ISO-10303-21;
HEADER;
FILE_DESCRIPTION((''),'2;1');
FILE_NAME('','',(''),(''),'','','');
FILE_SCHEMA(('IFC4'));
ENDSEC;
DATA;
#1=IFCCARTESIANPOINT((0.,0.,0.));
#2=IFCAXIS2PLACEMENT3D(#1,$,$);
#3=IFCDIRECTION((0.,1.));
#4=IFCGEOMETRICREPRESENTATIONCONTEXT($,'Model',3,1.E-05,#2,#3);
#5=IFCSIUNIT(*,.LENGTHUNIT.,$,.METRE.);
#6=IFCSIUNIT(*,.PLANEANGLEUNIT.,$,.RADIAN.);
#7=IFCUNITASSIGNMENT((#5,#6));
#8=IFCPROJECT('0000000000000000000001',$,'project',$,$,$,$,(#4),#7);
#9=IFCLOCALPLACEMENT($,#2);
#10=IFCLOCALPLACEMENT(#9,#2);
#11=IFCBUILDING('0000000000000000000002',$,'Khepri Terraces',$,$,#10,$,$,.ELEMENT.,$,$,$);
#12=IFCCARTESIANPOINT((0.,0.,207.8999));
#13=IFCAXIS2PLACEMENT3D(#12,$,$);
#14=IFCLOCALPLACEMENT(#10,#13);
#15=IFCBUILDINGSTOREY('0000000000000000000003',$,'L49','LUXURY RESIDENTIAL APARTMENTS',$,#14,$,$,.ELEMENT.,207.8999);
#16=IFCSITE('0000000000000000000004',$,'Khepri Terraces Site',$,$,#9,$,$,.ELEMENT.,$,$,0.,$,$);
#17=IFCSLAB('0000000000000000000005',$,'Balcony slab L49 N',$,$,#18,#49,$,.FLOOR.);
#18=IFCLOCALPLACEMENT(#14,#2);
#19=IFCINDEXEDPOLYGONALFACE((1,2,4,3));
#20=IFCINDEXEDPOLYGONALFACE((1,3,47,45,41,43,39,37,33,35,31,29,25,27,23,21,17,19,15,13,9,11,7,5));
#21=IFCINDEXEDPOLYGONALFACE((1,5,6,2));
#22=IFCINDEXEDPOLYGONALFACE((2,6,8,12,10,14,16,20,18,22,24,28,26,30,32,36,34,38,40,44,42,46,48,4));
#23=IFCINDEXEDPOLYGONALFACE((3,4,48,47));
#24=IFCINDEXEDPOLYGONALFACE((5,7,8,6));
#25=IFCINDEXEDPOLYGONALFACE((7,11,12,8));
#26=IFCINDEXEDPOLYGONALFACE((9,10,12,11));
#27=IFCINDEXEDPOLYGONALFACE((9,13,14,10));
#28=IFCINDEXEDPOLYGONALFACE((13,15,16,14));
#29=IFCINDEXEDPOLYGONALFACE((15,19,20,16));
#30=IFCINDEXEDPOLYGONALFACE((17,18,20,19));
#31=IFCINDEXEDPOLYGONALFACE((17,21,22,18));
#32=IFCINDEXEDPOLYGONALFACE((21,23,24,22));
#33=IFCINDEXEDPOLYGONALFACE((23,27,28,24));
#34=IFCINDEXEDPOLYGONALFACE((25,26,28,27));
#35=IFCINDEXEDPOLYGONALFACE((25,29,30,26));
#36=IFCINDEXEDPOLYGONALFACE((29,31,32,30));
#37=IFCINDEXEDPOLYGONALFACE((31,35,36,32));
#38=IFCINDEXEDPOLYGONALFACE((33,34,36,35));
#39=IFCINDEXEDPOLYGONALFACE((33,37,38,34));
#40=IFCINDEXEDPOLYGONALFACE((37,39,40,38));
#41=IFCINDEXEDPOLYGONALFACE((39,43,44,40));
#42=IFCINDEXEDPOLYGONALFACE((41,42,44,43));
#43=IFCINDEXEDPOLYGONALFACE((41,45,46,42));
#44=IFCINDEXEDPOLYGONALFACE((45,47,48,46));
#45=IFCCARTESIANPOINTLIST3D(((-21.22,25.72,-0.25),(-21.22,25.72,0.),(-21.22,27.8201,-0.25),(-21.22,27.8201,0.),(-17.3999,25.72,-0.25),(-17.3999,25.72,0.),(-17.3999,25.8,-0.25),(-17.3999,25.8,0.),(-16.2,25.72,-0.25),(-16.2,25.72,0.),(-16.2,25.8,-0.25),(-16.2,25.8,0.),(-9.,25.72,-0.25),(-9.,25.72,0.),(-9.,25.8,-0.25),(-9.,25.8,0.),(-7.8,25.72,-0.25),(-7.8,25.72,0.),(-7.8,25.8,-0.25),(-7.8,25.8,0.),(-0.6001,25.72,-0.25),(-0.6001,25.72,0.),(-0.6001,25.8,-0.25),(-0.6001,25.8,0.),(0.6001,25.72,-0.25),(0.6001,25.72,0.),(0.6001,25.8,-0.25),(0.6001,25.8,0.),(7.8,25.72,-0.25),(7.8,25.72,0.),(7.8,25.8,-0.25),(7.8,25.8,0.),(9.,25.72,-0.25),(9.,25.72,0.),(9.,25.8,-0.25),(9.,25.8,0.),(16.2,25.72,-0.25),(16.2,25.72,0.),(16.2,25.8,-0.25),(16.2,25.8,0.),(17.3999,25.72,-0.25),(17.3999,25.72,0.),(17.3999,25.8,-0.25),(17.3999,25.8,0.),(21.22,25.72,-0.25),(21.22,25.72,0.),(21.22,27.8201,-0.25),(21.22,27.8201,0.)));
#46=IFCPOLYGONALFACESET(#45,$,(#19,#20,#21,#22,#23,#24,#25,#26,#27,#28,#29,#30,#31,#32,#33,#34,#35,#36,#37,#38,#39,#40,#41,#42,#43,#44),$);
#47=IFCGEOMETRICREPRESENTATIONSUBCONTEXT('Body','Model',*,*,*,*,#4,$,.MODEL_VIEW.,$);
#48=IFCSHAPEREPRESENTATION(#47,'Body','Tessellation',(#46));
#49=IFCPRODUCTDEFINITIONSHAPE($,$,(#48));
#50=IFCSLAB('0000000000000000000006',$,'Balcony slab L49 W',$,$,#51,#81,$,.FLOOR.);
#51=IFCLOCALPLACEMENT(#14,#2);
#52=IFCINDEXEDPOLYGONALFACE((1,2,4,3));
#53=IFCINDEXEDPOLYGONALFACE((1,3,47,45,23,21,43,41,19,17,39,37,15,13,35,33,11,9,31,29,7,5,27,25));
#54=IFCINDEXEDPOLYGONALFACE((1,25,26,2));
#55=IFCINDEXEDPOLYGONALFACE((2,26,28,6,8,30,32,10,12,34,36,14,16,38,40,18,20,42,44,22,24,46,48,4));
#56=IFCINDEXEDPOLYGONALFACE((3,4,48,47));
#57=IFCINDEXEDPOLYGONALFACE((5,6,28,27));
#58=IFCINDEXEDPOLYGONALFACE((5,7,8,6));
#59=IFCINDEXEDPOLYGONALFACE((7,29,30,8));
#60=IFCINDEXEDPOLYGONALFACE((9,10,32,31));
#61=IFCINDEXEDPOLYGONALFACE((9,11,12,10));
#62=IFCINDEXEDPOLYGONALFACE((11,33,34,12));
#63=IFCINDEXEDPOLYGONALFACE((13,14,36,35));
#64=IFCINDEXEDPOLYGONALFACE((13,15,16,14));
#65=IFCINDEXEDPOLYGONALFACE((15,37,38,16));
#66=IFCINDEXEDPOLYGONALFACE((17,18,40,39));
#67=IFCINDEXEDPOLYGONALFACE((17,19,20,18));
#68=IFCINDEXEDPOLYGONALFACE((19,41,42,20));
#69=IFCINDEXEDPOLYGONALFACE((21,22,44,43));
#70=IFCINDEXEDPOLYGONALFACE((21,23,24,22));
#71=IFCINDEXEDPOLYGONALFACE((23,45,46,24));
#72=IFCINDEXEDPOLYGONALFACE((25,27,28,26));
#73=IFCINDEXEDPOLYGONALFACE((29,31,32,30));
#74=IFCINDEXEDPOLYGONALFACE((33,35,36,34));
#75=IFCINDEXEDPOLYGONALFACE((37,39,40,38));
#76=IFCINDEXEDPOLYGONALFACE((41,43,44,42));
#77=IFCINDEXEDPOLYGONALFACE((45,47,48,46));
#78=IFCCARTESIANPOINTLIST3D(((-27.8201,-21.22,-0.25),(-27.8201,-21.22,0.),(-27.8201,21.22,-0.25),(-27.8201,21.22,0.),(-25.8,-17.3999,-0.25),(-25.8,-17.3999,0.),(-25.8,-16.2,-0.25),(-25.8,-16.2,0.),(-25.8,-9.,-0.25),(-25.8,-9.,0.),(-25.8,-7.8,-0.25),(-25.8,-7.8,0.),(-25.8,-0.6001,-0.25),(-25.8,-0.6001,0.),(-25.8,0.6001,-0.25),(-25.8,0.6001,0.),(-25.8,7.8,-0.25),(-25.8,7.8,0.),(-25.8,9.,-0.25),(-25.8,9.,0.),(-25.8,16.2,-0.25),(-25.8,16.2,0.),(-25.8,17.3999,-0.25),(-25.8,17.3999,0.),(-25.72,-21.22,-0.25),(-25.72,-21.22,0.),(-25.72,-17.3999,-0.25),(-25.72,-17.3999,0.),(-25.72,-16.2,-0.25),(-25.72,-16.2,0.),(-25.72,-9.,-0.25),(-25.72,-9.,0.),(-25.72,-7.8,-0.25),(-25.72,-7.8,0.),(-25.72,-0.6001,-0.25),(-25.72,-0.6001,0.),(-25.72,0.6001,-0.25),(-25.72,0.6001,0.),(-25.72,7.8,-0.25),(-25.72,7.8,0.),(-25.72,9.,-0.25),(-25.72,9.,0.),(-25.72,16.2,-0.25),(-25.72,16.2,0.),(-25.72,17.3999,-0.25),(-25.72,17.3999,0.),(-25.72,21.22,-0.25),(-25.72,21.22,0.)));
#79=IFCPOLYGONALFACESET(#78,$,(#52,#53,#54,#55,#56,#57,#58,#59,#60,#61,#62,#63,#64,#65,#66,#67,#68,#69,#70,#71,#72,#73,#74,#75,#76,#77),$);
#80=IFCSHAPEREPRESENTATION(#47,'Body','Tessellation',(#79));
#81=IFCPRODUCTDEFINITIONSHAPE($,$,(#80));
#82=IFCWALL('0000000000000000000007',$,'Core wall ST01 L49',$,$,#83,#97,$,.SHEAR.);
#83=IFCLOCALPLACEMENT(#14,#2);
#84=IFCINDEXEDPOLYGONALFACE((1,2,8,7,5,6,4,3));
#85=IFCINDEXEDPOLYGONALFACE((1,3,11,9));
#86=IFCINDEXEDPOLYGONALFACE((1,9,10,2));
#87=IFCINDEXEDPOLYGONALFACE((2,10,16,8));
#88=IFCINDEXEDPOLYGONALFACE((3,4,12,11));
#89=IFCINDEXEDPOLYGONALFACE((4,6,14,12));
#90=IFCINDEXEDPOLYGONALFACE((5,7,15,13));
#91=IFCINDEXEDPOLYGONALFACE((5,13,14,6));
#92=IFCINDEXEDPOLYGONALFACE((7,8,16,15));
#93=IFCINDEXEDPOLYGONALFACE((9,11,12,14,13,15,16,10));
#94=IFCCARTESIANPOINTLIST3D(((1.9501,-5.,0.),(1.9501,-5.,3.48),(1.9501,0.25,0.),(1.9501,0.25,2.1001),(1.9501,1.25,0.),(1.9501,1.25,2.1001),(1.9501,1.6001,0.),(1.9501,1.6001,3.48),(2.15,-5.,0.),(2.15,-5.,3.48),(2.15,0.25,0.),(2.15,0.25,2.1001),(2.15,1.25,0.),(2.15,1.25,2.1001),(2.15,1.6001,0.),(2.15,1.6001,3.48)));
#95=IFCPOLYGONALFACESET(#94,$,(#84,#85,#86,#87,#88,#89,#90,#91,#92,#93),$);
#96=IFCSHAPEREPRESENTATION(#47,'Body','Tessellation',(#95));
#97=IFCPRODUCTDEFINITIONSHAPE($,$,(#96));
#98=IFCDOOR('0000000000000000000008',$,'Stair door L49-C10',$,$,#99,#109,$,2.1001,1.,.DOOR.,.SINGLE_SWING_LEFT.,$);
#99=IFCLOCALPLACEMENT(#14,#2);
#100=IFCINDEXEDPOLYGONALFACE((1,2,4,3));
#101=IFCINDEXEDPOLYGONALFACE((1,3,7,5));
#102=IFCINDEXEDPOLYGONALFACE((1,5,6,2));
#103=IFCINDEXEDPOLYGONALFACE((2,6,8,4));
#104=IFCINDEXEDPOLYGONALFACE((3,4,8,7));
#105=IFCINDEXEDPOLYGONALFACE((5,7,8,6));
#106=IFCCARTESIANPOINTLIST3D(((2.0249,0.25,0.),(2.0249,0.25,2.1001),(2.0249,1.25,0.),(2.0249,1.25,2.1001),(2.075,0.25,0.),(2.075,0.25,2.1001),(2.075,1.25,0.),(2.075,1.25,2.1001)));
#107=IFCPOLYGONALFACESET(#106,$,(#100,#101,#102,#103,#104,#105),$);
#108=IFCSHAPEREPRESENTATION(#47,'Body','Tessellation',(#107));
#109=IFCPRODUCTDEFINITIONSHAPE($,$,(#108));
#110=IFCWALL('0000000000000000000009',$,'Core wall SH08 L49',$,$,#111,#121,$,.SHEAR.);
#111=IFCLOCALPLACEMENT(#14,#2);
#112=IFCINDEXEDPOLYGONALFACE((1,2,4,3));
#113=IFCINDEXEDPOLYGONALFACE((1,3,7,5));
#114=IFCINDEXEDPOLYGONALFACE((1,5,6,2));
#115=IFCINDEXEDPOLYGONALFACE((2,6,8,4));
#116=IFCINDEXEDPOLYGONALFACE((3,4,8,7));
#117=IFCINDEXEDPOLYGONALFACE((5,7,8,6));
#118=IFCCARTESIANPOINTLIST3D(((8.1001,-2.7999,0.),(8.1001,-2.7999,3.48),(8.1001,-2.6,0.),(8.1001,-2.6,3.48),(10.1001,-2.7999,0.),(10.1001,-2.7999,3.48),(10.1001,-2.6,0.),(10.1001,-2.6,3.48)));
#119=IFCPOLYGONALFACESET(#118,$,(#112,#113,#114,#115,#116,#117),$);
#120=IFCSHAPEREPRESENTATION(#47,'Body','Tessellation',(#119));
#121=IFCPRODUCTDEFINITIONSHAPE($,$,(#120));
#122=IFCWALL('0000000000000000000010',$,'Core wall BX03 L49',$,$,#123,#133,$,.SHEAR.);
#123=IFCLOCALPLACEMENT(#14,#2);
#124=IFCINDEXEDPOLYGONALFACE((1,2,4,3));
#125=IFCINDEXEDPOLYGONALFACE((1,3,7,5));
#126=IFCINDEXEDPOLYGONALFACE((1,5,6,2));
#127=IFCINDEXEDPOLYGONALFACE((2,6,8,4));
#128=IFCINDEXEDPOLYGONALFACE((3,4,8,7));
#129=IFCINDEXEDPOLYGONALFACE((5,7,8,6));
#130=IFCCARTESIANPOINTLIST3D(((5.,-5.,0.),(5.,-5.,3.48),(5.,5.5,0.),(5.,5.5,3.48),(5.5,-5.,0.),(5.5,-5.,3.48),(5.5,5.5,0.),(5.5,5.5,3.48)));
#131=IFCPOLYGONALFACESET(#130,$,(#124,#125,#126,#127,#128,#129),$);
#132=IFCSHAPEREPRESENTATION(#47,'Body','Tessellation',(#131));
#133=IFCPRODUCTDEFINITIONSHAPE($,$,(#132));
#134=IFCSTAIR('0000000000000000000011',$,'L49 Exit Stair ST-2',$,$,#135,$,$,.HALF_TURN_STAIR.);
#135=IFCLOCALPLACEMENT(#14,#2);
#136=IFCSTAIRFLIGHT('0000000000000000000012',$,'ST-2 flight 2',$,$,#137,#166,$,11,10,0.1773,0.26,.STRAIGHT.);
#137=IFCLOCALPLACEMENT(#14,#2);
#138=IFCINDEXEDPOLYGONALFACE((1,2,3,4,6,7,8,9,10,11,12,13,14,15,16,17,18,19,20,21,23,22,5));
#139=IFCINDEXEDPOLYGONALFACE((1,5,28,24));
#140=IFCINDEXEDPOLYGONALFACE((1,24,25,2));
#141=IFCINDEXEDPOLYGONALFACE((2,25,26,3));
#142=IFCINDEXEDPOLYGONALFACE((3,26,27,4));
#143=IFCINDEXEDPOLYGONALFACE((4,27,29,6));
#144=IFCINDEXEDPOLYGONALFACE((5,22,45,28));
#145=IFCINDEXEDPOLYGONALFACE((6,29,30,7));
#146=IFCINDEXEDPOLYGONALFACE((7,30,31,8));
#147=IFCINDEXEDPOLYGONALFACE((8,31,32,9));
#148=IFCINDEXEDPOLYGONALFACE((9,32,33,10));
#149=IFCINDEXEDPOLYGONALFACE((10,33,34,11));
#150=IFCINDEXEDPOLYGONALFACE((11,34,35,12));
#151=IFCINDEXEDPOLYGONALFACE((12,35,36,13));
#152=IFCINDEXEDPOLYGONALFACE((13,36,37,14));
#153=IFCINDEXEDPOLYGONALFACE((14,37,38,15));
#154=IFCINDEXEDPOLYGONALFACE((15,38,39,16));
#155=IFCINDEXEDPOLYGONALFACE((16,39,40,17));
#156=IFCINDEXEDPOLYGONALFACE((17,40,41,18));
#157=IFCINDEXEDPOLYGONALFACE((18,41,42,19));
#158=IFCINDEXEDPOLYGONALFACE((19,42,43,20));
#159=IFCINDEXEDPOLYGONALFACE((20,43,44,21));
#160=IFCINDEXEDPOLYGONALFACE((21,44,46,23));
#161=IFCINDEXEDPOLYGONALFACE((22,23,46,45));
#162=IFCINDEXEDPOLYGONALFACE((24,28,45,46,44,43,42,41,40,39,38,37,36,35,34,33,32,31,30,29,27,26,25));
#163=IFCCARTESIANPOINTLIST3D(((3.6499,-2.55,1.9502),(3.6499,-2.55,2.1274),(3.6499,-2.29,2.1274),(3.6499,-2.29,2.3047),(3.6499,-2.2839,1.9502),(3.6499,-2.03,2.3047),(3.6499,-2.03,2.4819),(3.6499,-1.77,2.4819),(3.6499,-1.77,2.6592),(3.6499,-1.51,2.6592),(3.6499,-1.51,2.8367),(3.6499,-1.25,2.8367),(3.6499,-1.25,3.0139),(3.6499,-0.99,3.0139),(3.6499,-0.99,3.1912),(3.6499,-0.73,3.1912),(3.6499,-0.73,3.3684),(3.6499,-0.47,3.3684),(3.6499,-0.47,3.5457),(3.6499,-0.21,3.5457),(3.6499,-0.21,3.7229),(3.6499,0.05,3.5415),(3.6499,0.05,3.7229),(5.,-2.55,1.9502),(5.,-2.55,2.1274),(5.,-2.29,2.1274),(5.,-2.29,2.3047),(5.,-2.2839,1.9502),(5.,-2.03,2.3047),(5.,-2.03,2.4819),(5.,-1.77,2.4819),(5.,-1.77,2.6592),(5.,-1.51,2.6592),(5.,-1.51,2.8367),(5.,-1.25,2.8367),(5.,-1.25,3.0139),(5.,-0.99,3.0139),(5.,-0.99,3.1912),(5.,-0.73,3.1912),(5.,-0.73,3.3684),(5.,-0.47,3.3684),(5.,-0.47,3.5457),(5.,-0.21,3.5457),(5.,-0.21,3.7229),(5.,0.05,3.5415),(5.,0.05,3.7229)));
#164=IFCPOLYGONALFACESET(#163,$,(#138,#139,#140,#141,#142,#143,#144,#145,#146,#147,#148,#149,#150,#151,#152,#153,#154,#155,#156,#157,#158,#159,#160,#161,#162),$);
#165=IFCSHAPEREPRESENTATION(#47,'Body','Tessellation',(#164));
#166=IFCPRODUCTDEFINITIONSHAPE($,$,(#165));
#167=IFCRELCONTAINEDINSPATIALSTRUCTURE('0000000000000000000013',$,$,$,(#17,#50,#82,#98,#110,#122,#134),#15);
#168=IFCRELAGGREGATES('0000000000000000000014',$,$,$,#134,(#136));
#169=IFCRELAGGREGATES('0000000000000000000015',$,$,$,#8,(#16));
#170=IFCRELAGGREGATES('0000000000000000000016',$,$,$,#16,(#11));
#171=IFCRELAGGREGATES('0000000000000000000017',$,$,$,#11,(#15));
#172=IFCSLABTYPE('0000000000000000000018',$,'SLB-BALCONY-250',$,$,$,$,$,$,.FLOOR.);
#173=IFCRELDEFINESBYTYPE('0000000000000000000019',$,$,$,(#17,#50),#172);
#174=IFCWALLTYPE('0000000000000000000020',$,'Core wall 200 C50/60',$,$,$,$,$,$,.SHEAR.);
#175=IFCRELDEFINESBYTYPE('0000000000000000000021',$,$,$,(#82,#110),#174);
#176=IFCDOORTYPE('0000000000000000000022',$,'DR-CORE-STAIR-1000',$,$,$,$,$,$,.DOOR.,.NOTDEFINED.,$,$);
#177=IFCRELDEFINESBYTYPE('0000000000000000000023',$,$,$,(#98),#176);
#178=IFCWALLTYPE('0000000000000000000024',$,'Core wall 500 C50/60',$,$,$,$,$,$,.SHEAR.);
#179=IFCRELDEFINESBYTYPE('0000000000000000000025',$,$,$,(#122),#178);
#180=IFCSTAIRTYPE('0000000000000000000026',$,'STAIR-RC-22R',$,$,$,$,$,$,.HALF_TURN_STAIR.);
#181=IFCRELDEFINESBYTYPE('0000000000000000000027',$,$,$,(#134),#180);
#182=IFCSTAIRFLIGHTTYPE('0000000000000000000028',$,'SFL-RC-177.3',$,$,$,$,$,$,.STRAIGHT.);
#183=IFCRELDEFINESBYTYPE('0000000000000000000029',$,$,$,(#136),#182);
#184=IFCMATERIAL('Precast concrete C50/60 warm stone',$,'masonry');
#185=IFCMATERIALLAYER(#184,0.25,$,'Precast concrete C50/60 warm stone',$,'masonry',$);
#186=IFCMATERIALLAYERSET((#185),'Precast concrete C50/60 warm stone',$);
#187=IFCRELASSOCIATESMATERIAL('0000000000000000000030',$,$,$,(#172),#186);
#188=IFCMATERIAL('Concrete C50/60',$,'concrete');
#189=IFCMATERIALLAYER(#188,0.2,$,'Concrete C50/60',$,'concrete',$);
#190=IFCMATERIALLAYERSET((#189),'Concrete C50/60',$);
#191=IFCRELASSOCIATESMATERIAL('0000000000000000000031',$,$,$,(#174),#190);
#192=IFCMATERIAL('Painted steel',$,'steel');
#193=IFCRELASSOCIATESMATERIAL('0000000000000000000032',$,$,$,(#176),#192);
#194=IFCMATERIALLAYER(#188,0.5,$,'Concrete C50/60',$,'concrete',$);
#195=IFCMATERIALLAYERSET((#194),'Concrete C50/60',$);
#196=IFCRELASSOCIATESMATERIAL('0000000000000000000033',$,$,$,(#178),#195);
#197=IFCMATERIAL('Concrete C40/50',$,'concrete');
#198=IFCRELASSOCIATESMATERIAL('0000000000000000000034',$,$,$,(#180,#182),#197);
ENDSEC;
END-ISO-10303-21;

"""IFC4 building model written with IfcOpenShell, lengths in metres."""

from ifc_helpers import new_model, si_unit, direction, frame, frame_2d, origin, place, context, subcontext, project, spatial, polyline, rectangle, outline, extrude, material, layer, layer_set, type_object, element, fill, aggregate, save


model = new_model("IFC4")

# Units and contexts
model_context = context("Model", 3, precision=1e-05, world=origin(), true_north=direction((0.0, 1.0)))
body_context = subcontext(model_context, "Body", "Model", "MODEL_VIEW")
ifc_project = project(units=[si_unit("LENGTHUNIT", "METRE"), si_unit("PLANEANGLEUNIT", "RADIAN")], contexts=[model_context])

# Site, building, storey
site_placement = place(None, origin())
site = spatial("IfcSite", under=ifc_project, at=site_placement, Name="Khepri Terraces Site", CompositionType="ELEMENT", RefElevation=0.0)
building_placement = place(site_placement, origin())
building = spatial("IfcBuilding", under=site, at=building_placement, Name="Khepri Terraces", CompositionType="ELEMENT")
storey_placement = place(building_placement, frame((0.0, 0.0, 207.8999)))
storey = spatial("IfcBuildingStorey", under=building, at=storey_placement, Name="L49", Description="LUXURY RESIDENTIAL APARTMENTS", CompositionType="ELEMENT", Elevation=207.8999)

# Slabs
ifc_material_1 = material(Name="Concrete C40/50", Category="concrete")
ifc_material_2 = material(Name="Precast concrete C50/60 warm stone", Category="masonry")
ifc_layer_1 = layer(ifc_material_2, 0.25, Name="Precast concrete C50/60 warm stone", Category="masonry")
ifc_layer_set_1 = layer_set([ifc_layer_1], Name="Precast concrete C50/60 warm stone")
slab_type_1 = type_object("IfcSlabType", Name="SLB-BALCONY-250", PredefinedType="FLOOR", material=ifc_layer_set_1)
slab_1_placement = place(storey_placement, frame((0.0, 0.0, -0.25)))
element("IfcSlab", 1, at=slab_1_placement, inside=storey, type_object=slab_type_1, Name="Balcony slab L49 N", PredefinedType="FLOOR", context=body_context, shape_type="SweptSolid", body=[
    extrude(outline(polyline([(17.3999, 25.72), (21.22, 25.72), (21.22, 27.8201), (-21.22, 27.8201), (-21.22, 25.72), (-17.3999, 25.72), (-17.3999, 25.8), (-16.2, 25.8), (-16.2, 25.72), (-9.0, 25.72), (-9.0, 25.8), (-7.8, 25.8), (-7.8, 25.72), (-0.6001, 25.72), (-0.6001, 25.8), (0.6001, 25.8), (0.6001, 25.72), (7.8, 25.72), (7.8, 25.8), (9.0, 25.8), (9.0, 25.72), (16.2, 25.72), (16.2, 25.8), (17.3999, 25.8), (17.3999, 25.72)])), origin(), (0.0, 0.0, 1.0), 0.25),
])
slab_2_placement = place(storey_placement, frame((0.0, 0.0, -0.25)))
element("IfcSlab", 2, at=slab_2_placement, inside=storey, type_object=slab_type_1, Name="Balcony slab L49 W", PredefinedType="FLOOR", context=body_context, shape_type="SweptSolid", body=[
    extrude(outline(polyline([(-25.72, 17.3999), (-25.72, 21.22), (-27.8201, 21.22), (-27.8201, -21.22), (-25.72, -21.22), (-25.72, -17.3999), (-25.8, -17.3999), (-25.8, -16.2), (-25.72, -16.2), (-25.72, -9.0), (-25.8, -9.0), (-25.8, -7.8), (-25.72, -7.8), (-25.72, -0.6001), (-25.8, -0.6001), (-25.8, 0.6001), (-25.72, 0.6001), (-25.72, 7.8), (-25.8, 7.8), (-25.8, 9.0), (-25.72, 9.0), (-25.72, 16.2), (-25.8, 16.2), (-25.8, 17.3999), (-25.72, 17.3999)])), origin(), (0.0, 0.0, 1.0), 0.25),
])

# Wall, opening, door
ifc_material_3 = material(Name="Concrete C50/60", Category="concrete")
ifc_layer_2 = layer(ifc_material_3, 0.2, Name="Concrete C50/60", Category="concrete")
ifc_layer_set_2 = layer_set([ifc_layer_2], Name="Concrete C50/60")
wall_type_1 = type_object("IfcWallType", Name="Core wall 200 C50/60", PredefinedType="SHEAR", material=ifc_layer_set_2)
wall_1_placement = place(storey_placement, frame((2.05, -5.0, 0.0), z_axis=(0.0, 0.0, 1.0), x_axis=(0.0, 1.0, 0.0)))
wall_1 = element("IfcWall", 3, at=wall_1_placement, inside=storey, type_object=wall_type_1, Name="Core wall ST01 L49", PredefinedType="SHEAR", context=body_context, shape_type="SweptSolid", body=[
    extrude(rectangle(XDim=6.6001, YDim=0.2, at=frame_2d((3.3, 0.0))), origin(), (0.0, 0.0, 1.0), 3.48),
])
opening_placement = place(wall_1_placement, frame((5.25, 0.0, 0.0)))
opening = element("IfcOpeningElement", 4, at=opening_placement, cuts=wall_1, PredefinedType="OPENING", context=body_context, shape_type="SweptSolid", body=[
    extrude(rectangle(XDim=1.0, YDim=2.1001, at=frame_2d((0.5, 1.05))), frame((0.0, 0.1099, 0.0), z_axis=(0.0, -1.0, 0.0), x_axis=(1.0, 0.0, 0.0)), (0.0, 0.0, 1.0), 0.22),
])
ifc_material_4 = material(Name="Painted steel", Category="steel")
door_type = type_object("IfcDoorType", Name="DR-CORE-STAIR-1000", OperationType="NOTDEFINED", PredefinedType="DOOR", material=ifc_material_4)
door_placement = place(opening_placement, frame((1.0, 0.0, 0.0), z_axis=(0.0, 0.0, 1.0), x_axis=(-1.0, 0.0, 0.0)))
door = element("IfcDoor", 5, at=door_placement, inside=storey, type_object=door_type, Name="Stair door L49-C10", OperationType="SINGLE_SWING_LEFT", OverallHeight=2.1001, OverallWidth=1.0, PredefinedType="DOOR", context=body_context, shape_type="SweptSolid", body=[
    extrude(rectangle(XDim=1.0, YDim=2.1001, at=frame_2d((0.5, 1.05))), frame((0.0, 0.0249, 0.0), z_axis=(0.0, -1.0, 0.0), x_axis=(1.0, 0.0, 0.0)), (0.0, 0.0, 1.0), 0.05),
])
fill(opening, door)

# Walls
wall_2_placement = place(storey_placement, frame((8.1001, -2.7, 0.0), z_axis=(0.0, 0.0, 1.0), x_axis=(1.0, 0.0, 0.0)))
element("IfcWall", 6, at=wall_2_placement, inside=storey, type_object=wall_type_1, Name="Core wall SH08 L49", PredefinedType="SHEAR", context=body_context, shape_type="SweptSolid", body=[
    extrude(rectangle(XDim=2.0, YDim=0.2, at=frame_2d((1.0, 0.0))), origin(), (0.0, 0.0, 1.0), 3.48),
])
ifc_layer_3 = layer(ifc_material_3, 0.5, Name="Concrete C50/60", Category="concrete")
ifc_layer_set_3 = layer_set([ifc_layer_3], Name="Concrete C50/60")
wall_type_2 = type_object("IfcWallType", Name="Core wall 500 C50/60", PredefinedType="SHEAR", material=ifc_layer_set_3)
wall_3_placement = place(storey_placement, frame((5.25, -5.0, 0.0), z_axis=(0.0, 0.0, 1.0), x_axis=(0.0, 1.0, 0.0)))
element("IfcWall", 7, at=wall_3_placement, inside=storey, type_object=wall_type_2, Name="Core wall BX03 L49", PredefinedType="SHEAR", context=body_context, shape_type="SweptSolid", body=[
    extrude(rectangle(XDim=10.5, YDim=0.5, at=frame_2d((5.25, 0.0))), origin(), (0.0, 0.0, 1.0), 3.48),
])

# Stair, stair flight
stair_type = type_object("IfcStairType", Name="STAIR-RC-22R", PredefinedType="HALF_TURN_STAIR", material=ifc_material_1)
stair_placement = place(storey_placement, origin())
stair = element("IfcStair", 8, at=stair_placement, inside=storey, type_object=stair_type, Name="L49 Exit Stair ST-2", PredefinedType="HALF_TURN_STAIR")
stair_flight_type = type_object("IfcStairFlightType", Name="SFL-RC-177.3", PredefinedType="STRAIGHT", material=ifc_material_1)
stair_flight_placement = place(storey_placement, frame((4.325, -2.55, 1.9502), z_axis=(0.0, 0.0, 1.0), x_axis=(0.0, 1.0, 0.0)))
stair_flight = element("IfcStairFlight", 9, at=stair_flight_placement, type_object=stair_flight_type, Name="ST-2 flight 2", NumberOfRisers=11, NumberOfTreads=10, PredefinedType="STRAIGHT", RiserHeight=0.1773, TreadLength=0.26, context=body_context, shape_type="SweptSolid", body=[
    extrude(outline(polyline([(0.0, 0.0), (0.0, 0.1772), (0.26, 0.1772), (0.26, 0.3545), (0.52, 0.3545), (0.52, 0.5317), (0.78, 0.5317), (0.78, 0.709), (1.04, 0.709), (1.04, 0.8865), (1.3, 0.8865), (1.3, 1.0637), (1.5601, 1.0637), (1.5601, 1.241), (1.8201, 1.241), (1.8201, 1.4182), (2.0801, 1.4182), (2.0801, 1.5955), (2.3401, 1.5955), (2.3401, 1.7727), (2.6001, 1.7727), (2.6001, 1.95), (2.6001, 1.5913), (0.2661, 0.0), (0.0, 0.0)])), frame((0.0, 0.675, 0.0), z_axis=(0.0, -1.0, 0.0), x_axis=(1.0, 0.0, 0.0)), (0.0, 0.0, 1.0), 1.3501),
])
aggregate(stair, [stair_flight])

save(model, "model.ifc")
